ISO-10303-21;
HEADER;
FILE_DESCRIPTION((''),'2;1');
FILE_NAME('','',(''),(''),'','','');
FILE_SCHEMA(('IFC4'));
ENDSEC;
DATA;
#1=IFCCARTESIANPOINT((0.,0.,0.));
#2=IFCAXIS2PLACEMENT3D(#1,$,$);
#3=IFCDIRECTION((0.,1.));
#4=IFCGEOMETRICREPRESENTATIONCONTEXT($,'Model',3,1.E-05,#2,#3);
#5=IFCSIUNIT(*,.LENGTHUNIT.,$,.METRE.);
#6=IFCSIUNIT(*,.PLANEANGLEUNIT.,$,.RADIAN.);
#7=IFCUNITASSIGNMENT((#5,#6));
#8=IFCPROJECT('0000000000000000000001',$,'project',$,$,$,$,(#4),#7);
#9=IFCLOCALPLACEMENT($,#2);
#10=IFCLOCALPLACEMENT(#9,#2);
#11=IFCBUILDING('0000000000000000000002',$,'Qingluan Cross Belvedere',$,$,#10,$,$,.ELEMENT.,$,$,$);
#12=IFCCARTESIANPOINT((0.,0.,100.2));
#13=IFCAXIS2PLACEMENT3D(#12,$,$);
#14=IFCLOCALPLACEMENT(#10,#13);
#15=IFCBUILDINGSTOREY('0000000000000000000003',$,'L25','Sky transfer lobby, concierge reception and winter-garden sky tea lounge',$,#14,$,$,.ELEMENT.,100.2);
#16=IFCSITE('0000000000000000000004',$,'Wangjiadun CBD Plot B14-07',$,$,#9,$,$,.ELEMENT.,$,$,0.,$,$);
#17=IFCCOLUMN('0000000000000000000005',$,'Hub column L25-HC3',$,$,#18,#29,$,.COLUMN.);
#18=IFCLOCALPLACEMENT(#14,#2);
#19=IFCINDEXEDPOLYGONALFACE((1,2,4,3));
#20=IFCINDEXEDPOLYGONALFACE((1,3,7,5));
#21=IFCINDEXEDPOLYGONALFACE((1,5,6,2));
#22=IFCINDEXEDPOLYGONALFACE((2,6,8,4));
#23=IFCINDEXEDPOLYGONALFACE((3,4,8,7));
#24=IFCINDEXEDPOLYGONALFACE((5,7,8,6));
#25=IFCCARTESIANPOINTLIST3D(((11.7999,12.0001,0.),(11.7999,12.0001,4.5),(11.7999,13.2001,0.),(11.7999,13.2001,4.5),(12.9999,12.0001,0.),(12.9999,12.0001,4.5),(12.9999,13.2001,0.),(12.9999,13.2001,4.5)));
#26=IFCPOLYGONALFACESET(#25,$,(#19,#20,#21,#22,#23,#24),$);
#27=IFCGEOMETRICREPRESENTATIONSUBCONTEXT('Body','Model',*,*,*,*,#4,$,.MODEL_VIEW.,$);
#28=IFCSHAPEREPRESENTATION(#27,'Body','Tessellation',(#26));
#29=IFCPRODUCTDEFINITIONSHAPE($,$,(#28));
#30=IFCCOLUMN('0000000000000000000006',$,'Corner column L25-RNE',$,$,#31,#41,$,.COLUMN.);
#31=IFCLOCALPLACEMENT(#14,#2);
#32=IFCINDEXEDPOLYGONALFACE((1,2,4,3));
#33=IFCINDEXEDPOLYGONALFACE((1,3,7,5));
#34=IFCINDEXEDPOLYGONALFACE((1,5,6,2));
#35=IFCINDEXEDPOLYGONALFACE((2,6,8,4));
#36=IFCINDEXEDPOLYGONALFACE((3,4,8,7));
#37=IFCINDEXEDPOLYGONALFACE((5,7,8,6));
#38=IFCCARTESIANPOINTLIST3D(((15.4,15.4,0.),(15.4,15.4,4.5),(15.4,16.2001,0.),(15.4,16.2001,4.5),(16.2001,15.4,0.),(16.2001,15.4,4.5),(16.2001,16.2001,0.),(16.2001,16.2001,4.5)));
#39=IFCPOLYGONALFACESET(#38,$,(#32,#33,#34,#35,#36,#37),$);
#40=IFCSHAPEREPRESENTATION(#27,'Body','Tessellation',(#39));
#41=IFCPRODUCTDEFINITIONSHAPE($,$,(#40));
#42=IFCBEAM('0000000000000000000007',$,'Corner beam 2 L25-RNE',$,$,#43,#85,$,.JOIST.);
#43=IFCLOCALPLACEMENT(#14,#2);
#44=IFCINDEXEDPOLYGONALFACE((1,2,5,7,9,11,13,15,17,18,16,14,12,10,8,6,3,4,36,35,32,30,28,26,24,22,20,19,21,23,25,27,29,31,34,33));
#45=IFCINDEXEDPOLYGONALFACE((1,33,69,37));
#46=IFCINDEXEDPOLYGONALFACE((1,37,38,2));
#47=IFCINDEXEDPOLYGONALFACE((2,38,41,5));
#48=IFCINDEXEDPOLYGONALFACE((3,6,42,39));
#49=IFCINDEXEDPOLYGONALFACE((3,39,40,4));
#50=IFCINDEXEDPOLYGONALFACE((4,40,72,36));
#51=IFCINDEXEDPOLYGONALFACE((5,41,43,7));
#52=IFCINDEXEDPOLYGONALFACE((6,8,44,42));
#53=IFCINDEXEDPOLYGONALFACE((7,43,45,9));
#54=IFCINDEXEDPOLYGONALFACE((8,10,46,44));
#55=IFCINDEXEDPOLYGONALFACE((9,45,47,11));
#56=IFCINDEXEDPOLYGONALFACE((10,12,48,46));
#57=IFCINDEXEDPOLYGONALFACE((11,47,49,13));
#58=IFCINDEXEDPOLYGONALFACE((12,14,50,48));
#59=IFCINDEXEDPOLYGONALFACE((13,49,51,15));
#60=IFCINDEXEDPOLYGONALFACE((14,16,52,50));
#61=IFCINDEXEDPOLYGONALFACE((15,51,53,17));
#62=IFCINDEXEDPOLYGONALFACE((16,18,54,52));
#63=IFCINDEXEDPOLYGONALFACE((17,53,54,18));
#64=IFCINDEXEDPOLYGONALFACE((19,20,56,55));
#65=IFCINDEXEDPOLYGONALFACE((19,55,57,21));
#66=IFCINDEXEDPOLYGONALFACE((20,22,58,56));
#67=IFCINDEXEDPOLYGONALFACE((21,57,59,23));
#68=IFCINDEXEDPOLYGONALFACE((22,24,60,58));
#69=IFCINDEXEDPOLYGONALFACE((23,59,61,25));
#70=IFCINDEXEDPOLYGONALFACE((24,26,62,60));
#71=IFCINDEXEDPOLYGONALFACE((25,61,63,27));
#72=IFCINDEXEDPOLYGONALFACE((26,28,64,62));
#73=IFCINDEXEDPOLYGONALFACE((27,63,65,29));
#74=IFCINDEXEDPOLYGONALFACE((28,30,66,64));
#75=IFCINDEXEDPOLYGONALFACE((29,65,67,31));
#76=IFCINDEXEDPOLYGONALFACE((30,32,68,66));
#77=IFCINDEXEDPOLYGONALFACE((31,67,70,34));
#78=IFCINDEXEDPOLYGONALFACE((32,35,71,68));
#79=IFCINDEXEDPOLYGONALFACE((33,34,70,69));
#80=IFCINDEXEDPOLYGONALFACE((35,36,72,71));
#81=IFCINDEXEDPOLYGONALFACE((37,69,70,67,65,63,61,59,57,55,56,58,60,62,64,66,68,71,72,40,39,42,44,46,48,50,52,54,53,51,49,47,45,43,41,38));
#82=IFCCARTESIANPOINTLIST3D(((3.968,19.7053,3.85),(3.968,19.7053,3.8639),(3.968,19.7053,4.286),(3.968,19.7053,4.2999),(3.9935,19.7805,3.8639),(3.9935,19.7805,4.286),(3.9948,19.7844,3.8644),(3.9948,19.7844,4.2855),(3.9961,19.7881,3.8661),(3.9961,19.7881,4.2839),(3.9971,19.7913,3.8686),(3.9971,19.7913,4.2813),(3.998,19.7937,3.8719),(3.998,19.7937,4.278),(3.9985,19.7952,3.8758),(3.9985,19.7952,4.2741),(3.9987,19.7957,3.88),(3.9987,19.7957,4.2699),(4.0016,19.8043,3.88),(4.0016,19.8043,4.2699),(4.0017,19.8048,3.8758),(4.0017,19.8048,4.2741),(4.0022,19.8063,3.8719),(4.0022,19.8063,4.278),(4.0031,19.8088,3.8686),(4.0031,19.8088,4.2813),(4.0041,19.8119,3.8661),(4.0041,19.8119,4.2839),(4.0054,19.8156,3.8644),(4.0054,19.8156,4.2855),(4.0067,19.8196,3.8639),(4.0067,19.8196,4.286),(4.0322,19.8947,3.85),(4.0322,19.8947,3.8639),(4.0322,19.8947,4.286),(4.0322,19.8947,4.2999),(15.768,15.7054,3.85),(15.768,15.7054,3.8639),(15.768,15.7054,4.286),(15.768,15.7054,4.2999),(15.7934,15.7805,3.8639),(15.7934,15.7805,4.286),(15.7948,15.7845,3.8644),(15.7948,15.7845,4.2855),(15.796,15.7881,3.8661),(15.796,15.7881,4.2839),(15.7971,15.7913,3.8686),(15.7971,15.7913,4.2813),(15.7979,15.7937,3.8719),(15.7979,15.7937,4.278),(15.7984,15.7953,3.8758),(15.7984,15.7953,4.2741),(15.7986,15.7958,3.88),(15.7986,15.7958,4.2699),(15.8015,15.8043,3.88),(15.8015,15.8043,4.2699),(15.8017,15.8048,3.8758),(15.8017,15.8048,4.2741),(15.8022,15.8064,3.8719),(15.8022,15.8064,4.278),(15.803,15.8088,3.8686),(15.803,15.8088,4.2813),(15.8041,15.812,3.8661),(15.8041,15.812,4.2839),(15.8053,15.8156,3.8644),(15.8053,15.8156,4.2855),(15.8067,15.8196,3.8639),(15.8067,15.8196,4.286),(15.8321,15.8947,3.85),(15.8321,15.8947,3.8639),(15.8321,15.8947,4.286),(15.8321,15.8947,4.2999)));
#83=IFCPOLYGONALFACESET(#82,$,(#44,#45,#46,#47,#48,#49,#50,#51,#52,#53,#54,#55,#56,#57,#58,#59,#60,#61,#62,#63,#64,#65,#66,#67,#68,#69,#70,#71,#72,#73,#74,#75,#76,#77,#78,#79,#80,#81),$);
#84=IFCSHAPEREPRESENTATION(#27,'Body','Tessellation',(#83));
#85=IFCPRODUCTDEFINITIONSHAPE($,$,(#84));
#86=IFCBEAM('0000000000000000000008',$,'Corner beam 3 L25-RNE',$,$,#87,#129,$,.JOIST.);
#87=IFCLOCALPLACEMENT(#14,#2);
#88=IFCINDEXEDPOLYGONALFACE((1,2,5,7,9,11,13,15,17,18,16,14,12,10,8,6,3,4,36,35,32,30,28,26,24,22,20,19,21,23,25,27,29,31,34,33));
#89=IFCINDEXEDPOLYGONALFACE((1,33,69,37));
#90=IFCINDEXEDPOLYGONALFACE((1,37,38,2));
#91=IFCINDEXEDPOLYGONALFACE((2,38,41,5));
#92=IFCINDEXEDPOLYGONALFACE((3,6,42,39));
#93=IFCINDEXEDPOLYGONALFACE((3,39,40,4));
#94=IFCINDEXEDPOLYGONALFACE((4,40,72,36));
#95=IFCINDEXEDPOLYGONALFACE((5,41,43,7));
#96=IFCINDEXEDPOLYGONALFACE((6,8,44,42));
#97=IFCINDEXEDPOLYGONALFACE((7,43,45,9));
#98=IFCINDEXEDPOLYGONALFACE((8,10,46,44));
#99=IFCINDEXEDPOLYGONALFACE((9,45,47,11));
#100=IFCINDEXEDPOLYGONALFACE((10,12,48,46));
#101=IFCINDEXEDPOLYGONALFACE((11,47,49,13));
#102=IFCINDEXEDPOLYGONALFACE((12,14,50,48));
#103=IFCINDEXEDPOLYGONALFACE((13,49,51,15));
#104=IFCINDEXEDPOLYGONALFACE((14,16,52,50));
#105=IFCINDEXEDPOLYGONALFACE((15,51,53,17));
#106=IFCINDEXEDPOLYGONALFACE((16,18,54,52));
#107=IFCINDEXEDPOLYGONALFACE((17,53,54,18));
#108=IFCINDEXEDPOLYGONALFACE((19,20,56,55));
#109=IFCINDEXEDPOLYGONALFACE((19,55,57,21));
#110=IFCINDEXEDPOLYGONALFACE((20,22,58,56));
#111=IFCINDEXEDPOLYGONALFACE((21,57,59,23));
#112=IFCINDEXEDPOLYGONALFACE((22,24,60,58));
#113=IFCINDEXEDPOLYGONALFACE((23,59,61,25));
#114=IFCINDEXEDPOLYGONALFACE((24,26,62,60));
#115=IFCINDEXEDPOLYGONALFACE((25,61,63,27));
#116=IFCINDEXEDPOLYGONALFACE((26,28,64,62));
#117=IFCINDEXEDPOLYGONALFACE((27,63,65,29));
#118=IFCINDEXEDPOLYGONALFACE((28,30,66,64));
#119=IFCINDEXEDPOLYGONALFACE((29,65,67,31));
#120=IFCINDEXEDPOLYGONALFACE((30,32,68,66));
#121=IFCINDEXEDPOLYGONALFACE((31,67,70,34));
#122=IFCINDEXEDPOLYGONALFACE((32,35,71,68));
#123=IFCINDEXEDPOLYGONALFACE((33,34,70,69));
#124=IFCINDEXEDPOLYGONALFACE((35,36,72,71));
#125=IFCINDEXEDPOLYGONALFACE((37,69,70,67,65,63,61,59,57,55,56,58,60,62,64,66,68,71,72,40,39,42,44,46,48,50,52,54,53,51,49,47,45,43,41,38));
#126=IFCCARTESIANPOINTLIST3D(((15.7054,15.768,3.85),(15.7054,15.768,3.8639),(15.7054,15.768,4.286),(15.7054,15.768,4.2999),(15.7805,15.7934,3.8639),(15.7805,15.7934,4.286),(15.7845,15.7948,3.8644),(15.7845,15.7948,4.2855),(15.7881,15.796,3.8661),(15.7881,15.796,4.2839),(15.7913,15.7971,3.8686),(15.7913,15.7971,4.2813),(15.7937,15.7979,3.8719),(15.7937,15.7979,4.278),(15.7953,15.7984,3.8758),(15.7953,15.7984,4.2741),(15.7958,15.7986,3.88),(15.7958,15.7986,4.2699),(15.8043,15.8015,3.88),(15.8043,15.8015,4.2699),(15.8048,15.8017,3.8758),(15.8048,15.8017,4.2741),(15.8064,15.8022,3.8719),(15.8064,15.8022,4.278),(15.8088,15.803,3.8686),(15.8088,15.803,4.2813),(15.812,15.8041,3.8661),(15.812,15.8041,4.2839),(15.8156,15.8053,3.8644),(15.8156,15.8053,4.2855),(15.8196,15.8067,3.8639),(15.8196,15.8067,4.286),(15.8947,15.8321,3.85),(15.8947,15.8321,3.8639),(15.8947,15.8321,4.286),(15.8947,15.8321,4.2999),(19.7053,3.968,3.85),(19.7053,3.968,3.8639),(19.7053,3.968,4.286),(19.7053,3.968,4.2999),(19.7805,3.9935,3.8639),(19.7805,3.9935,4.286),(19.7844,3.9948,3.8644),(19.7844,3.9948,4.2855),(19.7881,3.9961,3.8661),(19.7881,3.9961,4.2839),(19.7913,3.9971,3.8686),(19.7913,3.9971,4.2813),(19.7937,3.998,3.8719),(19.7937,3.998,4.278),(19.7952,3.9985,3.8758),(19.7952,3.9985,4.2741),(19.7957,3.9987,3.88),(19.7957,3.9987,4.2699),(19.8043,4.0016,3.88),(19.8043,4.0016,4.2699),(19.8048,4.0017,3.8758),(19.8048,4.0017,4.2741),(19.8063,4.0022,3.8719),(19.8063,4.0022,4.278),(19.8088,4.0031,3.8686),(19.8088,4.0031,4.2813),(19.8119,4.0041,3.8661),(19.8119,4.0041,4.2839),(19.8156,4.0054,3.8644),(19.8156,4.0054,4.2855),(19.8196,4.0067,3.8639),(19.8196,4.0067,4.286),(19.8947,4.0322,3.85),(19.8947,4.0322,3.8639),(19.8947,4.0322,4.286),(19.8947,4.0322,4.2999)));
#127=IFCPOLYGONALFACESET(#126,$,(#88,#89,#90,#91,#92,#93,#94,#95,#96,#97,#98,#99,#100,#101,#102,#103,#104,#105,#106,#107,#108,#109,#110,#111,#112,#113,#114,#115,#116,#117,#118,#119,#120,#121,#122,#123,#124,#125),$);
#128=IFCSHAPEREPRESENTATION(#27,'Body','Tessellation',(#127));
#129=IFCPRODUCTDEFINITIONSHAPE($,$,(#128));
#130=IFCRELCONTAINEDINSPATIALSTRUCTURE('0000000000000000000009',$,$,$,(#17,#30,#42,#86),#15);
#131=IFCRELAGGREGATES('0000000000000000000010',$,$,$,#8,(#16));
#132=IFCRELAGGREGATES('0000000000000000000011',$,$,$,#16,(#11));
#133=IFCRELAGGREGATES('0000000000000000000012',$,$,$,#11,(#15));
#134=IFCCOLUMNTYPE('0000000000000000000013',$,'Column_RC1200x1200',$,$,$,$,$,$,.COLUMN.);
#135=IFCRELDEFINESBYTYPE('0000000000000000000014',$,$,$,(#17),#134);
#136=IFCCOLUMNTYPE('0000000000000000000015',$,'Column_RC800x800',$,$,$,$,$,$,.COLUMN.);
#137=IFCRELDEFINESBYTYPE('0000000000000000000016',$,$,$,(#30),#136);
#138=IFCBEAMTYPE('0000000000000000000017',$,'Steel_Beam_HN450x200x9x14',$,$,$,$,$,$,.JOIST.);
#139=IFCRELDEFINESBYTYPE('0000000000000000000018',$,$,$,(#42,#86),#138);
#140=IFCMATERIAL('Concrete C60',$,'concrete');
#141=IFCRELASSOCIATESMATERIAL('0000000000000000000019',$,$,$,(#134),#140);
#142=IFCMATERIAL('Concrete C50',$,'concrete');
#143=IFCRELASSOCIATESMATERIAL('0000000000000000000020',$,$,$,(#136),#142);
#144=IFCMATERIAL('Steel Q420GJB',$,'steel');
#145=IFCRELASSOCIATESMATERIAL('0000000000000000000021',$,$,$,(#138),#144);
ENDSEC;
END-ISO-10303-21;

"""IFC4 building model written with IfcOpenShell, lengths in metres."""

from ifc_helpers import new_model, si_unit, direction, frame, origin, origin_2d, place, context, subcontext, project, spatial, rectangle, i_section, extrude, material, material_profile, profile_set, type_object, element, save


model = new_model("IFC4")

# Units and contexts
model_context = context("Model", 3, precision=1e-05, world=origin(), true_north=direction((0.0, 1.0)))
body_context = subcontext(model_context, "Body", "Model", "MODEL_VIEW")
ifc_project = project(units=[si_unit("LENGTHUNIT", "METRE"), si_unit("PLANEANGLEUNIT", "RADIAN")], contexts=[model_context])

# Site, building, storey
site_placement = place(None, origin())
site = spatial("IfcSite", under=ifc_project, at=site_placement, Name="Wangjiadun CBD Plot B14-07", CompositionType="ELEMENT", RefElevation=0.0)
building_placement = place(site_placement, origin())
building = spatial("IfcBuilding", under=site, at=building_placement, Name="Qingluan Cross Belvedere", CompositionType="ELEMENT")
storey_placement = place(building_placement, frame((0.0, 0.0, 100.2)))
storey = spatial("IfcBuildingStorey", under=building, at=storey_placement, Name="L25", Description="Sky transfer lobby, concierge reception and winter-garden sky tea lounge", CompositionType="ELEMENT", Elevation=100.2)

# Columns
ifc_material_1 = material(Name="Concrete C60", Category="concrete")
ifc_material_profile_1 = material_profile(ifc_material_1, rectangle(XDim=1.2, YDim=1.2, at=origin_2d()), Name="RC1200x1200")
ifc_profile_set_1 = profile_set([ifc_material_profile_1], Name="Concrete C60")
column_type_1 = type_object("IfcColumnType", Name="Column_RC1200x1200", PredefinedType="COLUMN", material=ifc_profile_set_1)
column_1_placement = place(storey_placement, frame((12.3999, 12.6001, 0.0), z_axis=(0.0, 0.0, 1.0), x_axis=(1.0, 0.0, 0.0)))
element("IfcColumn", 1, at=column_1_placement, inside=storey, type_object=column_type_1, Name="Hub column L25-HC3", PredefinedType="COLUMN", context=body_context, shape_type="SweptSolid", body=[
    extrude(rectangle(XDim=1.2, YDim=1.2, at=origin_2d()), origin(), (0.0, 0.0, 1.0), 4.5),
])
ifc_material_2 = material(Name="Concrete C50", Category="concrete")
ifc_material_profile_2 = material_profile(ifc_material_2, rectangle(XDim=0.8, YDim=0.8, at=origin_2d()), Name="RC800x800")
ifc_profile_set_2 = profile_set([ifc_material_profile_2], Name="Concrete C50")
column_type_2 = type_object("IfcColumnType", Name="Column_RC800x800", PredefinedType="COLUMN", material=ifc_profile_set_2)
column_2_placement = place(storey_placement, frame((15.8, 15.8, 0.0), z_axis=(0.0, 0.0, 1.0), x_axis=(1.0, 0.0, 0.0)))
element("IfcColumn", 2, at=column_2_placement, inside=storey, type_object=column_type_2, Name="Corner column L25-RNE", PredefinedType="COLUMN", context=body_context, shape_type="SweptSolid", body=[
    extrude(rectangle(XDim=0.8, YDim=0.8, at=origin_2d()), origin(), (0.0, 0.0, 1.0), 4.5),
])

# Beams
ifc_material_3 = material(Name="Steel Q420GJB", Category="steel")
ifc_material_profile_3 = material_profile(ifc_material_3, i_section(OverallWidth=0.2, OverallDepth=0.45, WebThickness=0.009, FlangeThickness=0.0139, FilletRadius=0.0161, at=origin_2d()), Name="HN450x200x9x14")
ifc_profile_set_3 = profile_set([ifc_material_profile_3], Name="Steel Q420GJB")
beam_type = type_object("IfcBeamType", Name="Steel_Beam_HN450x200x9x14", PredefinedType="JOIST", material=ifc_profile_set_3)
for number, where, z_axis, x_axis, name in (
    (3, (15.8, 15.8, 4.075), (-0.947066, 0.321038, 0.0), (-0.321038, -0.947066, 0.0), "Corner beam 2 L25-RNE"),
    (4, (15.8, 15.8, 4.075), (0.321038, -0.947066, 0.0), (0.947066, 0.321038, 0.0), "Corner beam 3 L25-RNE"),
):
    element("IfcBeam", number, at=place(storey_placement, frame(where, z_axis=z_axis, x_axis=x_axis)), inside=storey, type_object=beam_type, Name=name, PredefinedType="JOIST", context=body_context, shape_type="SweptSolid", body=[
        extrude(i_section(OverallWidth=0.2, OverallDepth=0.45, WebThickness=0.009, FlangeThickness=0.0139, FilletRadius=0.0161, at=origin_2d()), origin(), (0.0, 0.0, 1.0), 12.4595),
    ])

save(model, "model.ifc")
